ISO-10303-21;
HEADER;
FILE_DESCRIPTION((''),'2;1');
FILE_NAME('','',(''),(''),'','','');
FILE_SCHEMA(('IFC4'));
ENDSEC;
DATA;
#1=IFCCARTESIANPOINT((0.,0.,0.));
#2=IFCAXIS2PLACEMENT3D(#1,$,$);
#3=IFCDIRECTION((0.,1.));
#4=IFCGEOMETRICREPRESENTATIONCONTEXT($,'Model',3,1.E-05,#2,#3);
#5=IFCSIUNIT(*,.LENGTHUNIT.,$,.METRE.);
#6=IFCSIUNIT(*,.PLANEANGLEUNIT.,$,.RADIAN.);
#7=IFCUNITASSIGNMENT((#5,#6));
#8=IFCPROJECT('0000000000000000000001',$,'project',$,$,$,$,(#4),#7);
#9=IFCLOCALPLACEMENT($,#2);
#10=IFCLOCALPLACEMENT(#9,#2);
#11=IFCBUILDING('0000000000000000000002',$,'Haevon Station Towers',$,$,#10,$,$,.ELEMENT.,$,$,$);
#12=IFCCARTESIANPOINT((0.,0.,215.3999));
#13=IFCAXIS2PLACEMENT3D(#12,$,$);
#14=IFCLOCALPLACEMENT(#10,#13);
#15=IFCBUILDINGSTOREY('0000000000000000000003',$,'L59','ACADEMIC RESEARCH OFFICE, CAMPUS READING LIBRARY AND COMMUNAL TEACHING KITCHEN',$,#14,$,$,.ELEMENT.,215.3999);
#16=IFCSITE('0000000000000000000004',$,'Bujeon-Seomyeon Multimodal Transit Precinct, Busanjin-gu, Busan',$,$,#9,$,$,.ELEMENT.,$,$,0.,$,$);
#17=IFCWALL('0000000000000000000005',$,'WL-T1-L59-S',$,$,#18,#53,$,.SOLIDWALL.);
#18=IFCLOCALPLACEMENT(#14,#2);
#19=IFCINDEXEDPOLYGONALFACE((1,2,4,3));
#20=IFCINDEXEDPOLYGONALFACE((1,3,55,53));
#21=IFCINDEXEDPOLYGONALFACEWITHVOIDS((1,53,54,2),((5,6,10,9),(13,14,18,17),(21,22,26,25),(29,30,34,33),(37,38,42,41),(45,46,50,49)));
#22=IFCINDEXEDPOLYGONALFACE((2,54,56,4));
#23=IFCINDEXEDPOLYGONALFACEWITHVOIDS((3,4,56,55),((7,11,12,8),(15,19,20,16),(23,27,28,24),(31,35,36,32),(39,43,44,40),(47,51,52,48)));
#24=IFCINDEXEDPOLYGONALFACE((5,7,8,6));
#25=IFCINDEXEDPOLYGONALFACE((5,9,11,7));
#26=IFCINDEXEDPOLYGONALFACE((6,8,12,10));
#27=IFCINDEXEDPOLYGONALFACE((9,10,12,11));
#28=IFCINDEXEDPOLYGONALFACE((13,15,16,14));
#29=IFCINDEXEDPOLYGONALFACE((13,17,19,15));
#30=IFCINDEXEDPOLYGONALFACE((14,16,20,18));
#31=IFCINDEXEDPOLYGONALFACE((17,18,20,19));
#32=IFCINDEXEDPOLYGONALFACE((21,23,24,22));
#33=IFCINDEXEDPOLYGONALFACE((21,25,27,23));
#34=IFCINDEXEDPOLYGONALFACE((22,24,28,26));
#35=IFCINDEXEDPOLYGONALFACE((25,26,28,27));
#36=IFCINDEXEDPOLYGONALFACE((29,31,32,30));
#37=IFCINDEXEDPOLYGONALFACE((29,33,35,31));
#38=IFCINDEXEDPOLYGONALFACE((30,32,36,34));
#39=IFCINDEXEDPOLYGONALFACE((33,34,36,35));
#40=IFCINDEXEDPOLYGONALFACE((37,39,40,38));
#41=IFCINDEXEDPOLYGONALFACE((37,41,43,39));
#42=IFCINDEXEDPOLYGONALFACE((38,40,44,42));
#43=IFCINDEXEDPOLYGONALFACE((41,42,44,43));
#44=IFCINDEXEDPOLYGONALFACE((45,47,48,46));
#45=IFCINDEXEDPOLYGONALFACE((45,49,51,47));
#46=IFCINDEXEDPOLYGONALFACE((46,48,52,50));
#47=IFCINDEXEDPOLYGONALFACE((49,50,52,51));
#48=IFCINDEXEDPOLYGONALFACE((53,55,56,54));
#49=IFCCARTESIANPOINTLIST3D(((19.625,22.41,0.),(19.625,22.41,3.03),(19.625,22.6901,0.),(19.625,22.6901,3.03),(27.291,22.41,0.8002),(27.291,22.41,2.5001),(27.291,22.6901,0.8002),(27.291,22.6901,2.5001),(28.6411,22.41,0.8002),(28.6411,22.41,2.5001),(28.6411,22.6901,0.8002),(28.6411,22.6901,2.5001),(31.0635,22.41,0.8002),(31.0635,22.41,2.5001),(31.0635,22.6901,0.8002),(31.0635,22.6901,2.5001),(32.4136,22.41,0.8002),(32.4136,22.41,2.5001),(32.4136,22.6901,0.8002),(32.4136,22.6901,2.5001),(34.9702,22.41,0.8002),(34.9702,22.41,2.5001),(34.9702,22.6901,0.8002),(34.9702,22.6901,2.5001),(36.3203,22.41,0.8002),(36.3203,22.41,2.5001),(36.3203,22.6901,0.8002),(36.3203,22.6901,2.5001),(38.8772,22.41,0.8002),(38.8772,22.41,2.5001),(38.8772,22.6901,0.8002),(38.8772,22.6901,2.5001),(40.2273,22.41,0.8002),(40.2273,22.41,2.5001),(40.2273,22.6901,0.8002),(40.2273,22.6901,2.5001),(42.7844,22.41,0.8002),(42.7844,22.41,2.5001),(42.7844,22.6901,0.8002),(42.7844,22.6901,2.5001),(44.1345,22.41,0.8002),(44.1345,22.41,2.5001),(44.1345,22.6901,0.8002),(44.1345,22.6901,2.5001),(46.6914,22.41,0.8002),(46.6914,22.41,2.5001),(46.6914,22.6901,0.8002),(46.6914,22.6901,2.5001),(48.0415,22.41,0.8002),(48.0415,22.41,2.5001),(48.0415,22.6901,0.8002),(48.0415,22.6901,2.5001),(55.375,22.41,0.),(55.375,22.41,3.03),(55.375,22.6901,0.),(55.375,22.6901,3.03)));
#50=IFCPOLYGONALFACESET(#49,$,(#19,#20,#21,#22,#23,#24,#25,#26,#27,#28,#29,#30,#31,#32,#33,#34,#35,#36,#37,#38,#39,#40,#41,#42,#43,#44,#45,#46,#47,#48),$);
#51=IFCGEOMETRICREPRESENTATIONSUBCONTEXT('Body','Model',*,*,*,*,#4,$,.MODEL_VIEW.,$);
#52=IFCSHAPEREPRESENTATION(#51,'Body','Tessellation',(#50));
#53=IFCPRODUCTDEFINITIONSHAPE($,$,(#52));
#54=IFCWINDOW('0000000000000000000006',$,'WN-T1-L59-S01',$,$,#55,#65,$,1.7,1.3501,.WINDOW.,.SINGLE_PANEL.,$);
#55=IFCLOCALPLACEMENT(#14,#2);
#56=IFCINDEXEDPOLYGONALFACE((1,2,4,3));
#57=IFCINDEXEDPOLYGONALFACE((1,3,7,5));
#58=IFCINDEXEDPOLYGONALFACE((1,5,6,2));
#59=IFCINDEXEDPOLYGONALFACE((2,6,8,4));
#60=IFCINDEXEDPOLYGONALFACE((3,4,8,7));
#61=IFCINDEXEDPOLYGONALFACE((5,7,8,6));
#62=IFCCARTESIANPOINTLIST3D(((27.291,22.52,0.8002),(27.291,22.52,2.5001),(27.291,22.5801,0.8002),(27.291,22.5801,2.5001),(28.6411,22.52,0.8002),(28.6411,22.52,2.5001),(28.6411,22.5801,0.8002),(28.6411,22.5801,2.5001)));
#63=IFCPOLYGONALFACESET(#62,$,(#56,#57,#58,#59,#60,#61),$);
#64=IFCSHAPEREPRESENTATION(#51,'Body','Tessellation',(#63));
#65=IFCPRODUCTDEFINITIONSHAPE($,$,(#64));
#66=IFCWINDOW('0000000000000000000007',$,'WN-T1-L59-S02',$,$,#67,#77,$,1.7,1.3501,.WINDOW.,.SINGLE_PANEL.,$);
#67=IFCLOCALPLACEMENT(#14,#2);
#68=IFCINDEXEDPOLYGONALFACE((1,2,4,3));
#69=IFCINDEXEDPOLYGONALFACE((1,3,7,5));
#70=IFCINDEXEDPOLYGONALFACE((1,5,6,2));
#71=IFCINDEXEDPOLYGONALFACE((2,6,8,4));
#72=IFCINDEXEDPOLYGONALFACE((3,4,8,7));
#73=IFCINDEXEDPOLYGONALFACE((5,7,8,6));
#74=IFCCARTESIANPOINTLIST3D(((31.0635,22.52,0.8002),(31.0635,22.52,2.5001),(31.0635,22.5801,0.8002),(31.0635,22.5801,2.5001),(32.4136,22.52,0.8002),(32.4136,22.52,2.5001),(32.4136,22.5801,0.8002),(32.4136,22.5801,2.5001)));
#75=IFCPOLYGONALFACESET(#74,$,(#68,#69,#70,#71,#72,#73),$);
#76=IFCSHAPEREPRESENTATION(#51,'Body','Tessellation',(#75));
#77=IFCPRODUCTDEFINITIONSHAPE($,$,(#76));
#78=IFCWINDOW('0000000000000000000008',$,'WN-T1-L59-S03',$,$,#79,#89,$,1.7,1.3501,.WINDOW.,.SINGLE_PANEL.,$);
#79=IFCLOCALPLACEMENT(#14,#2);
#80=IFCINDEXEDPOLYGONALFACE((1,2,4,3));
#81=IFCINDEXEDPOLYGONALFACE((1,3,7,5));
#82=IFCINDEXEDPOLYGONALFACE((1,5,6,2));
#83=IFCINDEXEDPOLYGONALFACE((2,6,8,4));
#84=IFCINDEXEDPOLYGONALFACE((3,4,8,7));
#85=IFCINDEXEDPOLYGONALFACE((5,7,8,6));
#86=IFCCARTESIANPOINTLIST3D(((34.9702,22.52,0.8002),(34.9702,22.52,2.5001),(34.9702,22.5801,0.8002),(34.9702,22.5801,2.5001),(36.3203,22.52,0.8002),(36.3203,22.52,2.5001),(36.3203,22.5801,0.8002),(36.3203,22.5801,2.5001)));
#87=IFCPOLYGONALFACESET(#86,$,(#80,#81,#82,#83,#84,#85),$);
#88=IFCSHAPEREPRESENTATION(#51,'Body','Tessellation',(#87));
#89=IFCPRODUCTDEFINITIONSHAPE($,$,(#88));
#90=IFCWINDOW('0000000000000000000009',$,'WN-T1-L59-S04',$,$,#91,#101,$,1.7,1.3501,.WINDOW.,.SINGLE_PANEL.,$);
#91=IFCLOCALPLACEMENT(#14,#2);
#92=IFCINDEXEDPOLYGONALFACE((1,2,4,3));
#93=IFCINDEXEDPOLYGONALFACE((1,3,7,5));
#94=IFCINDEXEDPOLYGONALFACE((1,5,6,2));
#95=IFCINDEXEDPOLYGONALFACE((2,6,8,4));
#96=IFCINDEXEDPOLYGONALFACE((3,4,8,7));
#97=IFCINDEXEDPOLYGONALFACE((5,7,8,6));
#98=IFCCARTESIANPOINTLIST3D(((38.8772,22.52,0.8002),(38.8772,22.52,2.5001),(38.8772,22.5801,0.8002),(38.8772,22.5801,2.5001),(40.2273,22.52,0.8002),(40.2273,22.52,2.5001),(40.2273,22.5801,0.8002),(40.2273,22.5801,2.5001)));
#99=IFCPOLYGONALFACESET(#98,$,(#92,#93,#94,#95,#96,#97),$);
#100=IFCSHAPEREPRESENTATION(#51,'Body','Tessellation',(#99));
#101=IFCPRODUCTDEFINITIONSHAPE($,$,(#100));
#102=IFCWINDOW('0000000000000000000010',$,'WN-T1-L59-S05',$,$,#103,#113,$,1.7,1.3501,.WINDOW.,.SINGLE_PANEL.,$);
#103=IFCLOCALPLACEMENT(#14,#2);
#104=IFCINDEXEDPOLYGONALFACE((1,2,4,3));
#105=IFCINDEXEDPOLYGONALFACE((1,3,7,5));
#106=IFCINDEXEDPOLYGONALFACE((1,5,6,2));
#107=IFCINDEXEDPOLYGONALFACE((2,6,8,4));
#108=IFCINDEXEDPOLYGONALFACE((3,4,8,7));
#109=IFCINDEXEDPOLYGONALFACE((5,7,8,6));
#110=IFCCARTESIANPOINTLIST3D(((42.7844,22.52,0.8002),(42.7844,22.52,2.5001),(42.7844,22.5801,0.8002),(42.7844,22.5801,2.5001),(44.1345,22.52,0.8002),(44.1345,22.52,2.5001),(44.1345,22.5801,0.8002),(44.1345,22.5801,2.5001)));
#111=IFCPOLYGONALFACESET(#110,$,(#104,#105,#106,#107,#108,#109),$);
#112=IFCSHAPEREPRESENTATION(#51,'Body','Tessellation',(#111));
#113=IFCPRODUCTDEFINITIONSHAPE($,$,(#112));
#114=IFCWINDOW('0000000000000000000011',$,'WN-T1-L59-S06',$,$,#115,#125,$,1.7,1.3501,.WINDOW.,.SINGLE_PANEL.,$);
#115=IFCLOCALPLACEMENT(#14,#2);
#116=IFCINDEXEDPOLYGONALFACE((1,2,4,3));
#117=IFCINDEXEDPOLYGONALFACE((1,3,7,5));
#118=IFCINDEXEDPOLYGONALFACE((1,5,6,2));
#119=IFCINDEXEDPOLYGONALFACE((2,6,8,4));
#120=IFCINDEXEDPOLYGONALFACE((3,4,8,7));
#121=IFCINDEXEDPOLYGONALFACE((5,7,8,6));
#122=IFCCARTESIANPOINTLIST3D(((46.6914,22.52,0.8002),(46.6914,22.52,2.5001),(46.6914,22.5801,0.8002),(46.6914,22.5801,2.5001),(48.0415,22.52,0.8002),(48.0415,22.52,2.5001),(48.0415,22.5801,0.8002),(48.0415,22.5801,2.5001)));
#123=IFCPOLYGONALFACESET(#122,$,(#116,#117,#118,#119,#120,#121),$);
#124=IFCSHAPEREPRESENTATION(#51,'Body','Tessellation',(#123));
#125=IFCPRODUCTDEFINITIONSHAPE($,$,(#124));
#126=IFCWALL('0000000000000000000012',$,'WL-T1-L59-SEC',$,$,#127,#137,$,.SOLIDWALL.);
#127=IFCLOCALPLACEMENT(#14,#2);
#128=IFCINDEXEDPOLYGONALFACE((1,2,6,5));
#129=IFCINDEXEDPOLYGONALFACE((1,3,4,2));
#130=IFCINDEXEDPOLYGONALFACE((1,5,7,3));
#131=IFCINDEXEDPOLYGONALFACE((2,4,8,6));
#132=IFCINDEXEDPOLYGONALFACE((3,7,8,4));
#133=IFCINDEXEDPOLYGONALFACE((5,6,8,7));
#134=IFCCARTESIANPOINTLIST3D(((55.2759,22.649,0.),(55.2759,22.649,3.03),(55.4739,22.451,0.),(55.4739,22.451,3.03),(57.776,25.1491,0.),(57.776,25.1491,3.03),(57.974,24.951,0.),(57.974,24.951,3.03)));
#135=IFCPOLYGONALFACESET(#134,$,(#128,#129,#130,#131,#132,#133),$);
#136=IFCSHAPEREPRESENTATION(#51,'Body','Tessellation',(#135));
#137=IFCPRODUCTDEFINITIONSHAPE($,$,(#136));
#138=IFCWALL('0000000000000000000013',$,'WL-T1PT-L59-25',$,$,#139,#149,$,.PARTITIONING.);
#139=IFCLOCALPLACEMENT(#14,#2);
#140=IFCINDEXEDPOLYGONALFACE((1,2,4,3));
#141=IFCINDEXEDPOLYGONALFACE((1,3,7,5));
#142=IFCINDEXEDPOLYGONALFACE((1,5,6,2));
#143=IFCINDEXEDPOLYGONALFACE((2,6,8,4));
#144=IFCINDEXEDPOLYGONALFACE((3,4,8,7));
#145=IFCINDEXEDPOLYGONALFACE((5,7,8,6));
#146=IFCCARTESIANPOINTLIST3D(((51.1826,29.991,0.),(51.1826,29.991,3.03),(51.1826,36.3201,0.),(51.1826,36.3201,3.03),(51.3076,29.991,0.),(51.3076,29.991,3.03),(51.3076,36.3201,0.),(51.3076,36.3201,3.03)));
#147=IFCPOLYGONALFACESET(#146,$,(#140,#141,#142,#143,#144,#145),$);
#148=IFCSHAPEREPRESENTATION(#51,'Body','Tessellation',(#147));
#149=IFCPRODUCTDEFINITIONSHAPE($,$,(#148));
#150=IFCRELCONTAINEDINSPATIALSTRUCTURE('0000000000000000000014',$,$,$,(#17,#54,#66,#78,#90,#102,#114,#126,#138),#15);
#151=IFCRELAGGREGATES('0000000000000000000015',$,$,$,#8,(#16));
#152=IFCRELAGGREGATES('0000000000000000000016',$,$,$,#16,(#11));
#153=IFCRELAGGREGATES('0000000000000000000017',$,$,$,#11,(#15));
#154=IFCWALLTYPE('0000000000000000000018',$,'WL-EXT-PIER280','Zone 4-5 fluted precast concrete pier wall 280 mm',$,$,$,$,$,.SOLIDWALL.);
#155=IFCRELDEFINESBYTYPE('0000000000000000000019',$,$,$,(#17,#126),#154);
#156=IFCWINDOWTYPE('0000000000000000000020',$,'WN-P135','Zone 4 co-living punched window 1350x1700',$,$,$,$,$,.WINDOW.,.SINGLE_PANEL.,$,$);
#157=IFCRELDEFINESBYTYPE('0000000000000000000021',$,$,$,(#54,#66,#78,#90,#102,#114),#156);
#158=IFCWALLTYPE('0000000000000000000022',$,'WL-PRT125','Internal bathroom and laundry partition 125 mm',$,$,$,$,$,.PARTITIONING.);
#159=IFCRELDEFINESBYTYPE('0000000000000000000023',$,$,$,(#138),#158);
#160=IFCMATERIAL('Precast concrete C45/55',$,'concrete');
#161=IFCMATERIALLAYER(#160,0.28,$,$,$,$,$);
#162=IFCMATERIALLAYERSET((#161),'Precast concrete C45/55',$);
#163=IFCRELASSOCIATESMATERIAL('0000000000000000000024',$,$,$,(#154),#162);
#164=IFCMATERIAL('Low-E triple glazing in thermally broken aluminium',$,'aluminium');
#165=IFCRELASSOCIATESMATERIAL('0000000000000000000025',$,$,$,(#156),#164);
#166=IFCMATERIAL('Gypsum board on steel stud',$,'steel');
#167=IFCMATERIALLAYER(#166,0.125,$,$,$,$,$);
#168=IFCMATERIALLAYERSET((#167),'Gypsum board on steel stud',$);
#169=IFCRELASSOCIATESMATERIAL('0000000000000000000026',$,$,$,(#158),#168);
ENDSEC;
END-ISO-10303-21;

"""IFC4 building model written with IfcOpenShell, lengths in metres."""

from ifc_helpers import new_model, si_unit, direction, frame, frame_2d, origin, place, context, subcontext, project, spatial, rectangle, extrude, material, layer, layer_set, type_object, element, fill, save


model = new_model("IFC4")

# Units and contexts
model_context = context("Model", 3, precision=1e-05, world=origin(), true_north=direction((0.0, 1.0)))
body_context = subcontext(model_context, "Body", "Model", "MODEL_VIEW")
ifc_project = project(units=[si_unit("LENGTHUNIT", "METRE"), si_unit("PLANEANGLEUNIT", "RADIAN")], contexts=[model_context])

# Site, building, storey
site_placement = place(None, origin())
site = spatial("IfcSite", under=ifc_project, at=site_placement, Name="Bujeon-Seomyeon Multimodal Transit Precinct, Busanjin-gu, Busan", CompositionType="ELEMENT", RefElevation=0.0)
building_placement = place(site_placement, origin())
building = spatial("IfcBuilding", under=site, at=building_placement, Name="Haevon Station Towers", CompositionType="ELEMENT")
storey_placement = place(building_placement, frame((0.0, 0.0, 215.3999)))
storey = spatial("IfcBuildingStorey", under=building, at=storey_placement, Name="L59", Description="ACADEMIC RESEARCH OFFICE, CAMPUS READING LIBRARY AND COMMUNAL TEACHING KITCHEN", CompositionType="ELEMENT", Elevation=215.3999)

# Wall, openings, windows
ifc_material_1 = material(Name="Precast concrete C45/55", Category="concrete")
ifc_layer_1 = layer(ifc_material_1, 0.28)
ifc_layer_set_1 = layer_set([ifc_layer_1], Name="Precast concrete C45/55")
wall_type_1 = type_object("IfcWallType", Name="WL-EXT-PIER280", Description="Zone 4-5 fluted precast concrete pier wall 280 mm", PredefinedType="SOLIDWALL", material=ifc_layer_set_1)
wall_1_placement = place(storey_placement, frame((55.375, 22.55, 0.0), z_axis=(0.0, 0.0, 1.0), x_axis=(-1.0, 0.0, 0.0)))
wall_1 = element("IfcWall", 1, at=wall_1_placement, inside=storey, type_object=wall_type_1, Name="WL-T1-L59-S", PredefinedType="SOLIDWALL", context=body_context, shape_type="SweptSolid", body=[
    extrude(rectangle(XDim=35.75, YDim=0.28, at=frame_2d((17.875, 0.0))), origin(), (0.0, 0.0, 1.0), 3.03),
])
opening_1_placement = place(wall_1_placement, frame((26.7339, 0.0, 0.8)))
opening_1 = element("IfcOpeningElement", 2, at=opening_1_placement, cuts=wall_1, PredefinedType="OPENING", context=body_context, shape_type="SweptSolid", body=[
    extrude(rectangle(XDim=1.3501, YDim=1.7, at=frame_2d((0.675, 0.8501))), frame((0.0, 0.1499, 0.0), z_axis=(0.0, -1.0, 0.0), x_axis=(1.0, 0.0, 0.0)), (0.0, 0.0, 1.0), 0.3),
])
opening_2_placement = place(wall_1_placement, frame((22.9614, 0.0, 0.8)))
opening_2 = element("IfcOpeningElement", 3, at=opening_2_placement, cuts=wall_1, PredefinedType="OPENING", context=body_context, shape_type="SweptSolid", body=[
    extrude(rectangle(XDim=1.3501, YDim=1.7, at=frame_2d((0.675, 0.8501))), frame((0.0, 0.1499, 0.0), z_axis=(0.0, -1.0, 0.0), x_axis=(1.0, 0.0, 0.0)), (0.0, 0.0, 1.0), 0.3),
])
opening_3_placement = place(wall_1_placement, frame((19.0547, 0.0, 0.8)))
opening_3 = element("IfcOpeningElement", 4, at=opening_3_placement, cuts=wall_1, PredefinedType="OPENING", context=body_context, shape_type="SweptSolid", body=[
    extrude(rectangle(XDim=1.3501, YDim=1.7, at=frame_2d((0.675, 0.8501))), frame((0.0, 0.1499, 0.0), z_axis=(0.0, -1.0, 0.0), x_axis=(1.0, 0.0, 0.0)), (0.0, 0.0, 1.0), 0.3),
])
opening_4_placement = place(wall_1_placement, frame((15.1477, 0.0, 0.8)))
opening_4 = element("IfcOpeningElement", 5, at=opening_4_placement, cuts=wall_1, PredefinedType="OPENING", context=body_context, shape_type="SweptSolid", body=[
    extrude(rectangle(XDim=1.3501, YDim=1.7, at=frame_2d((0.675, 0.8501))), frame((0.0, 0.1499, 0.0), z_axis=(0.0, -1.0, 0.0), x_axis=(1.0, 0.0, 0.0)), (0.0, 0.0, 1.0), 0.3),
])
opening_5_placement = place(wall_1_placement, frame((11.2405, 0.0, 0.8)))
opening_5 = element("IfcOpeningElement", 6, at=opening_5_placement, cuts=wall_1, PredefinedType="OPENING", context=body_context, shape_type="SweptSolid", body=[
    extrude(rectangle(XDim=1.3501, YDim=1.7, at=frame_2d((0.675, 0.8501))), frame((0.0, 0.1499, 0.0), z_axis=(0.0, -1.0, 0.0), x_axis=(1.0, 0.0, 0.0)), (0.0, 0.0, 1.0), 0.3),
])
opening_6_placement = place(wall_1_placement, frame((7.3335, 0.0, 0.8)))
opening_6 = element("IfcOpeningElement", 7, at=opening_6_placement, cuts=wall_1, PredefinedType="OPENING", context=body_context, shape_type="SweptSolid", body=[
    extrude(rectangle(XDim=1.3501, YDim=1.7, at=frame_2d((0.675, 0.8501))), frame((0.0, 0.1499, 0.0), z_axis=(0.0, -1.0, 0.0), x_axis=(1.0, 0.0, 0.0)), (0.0, 0.0, 1.0), 0.3),
])
ifc_material_2 = material(Name="Low-E triple glazing in thermally broken aluminium", Category="aluminium")
window_type = type_object("IfcWindowType", Name="WN-P135", Description="Zone 4 co-living punched window 1350x1700", PartitioningType="SINGLE_PANEL", PredefinedType="WINDOW", material=ifc_material_2)
window_1_placement = place(opening_1_placement, origin())
window_1 = element("IfcWindow", 8, at=window_1_placement, inside=storey, type_object=window_type, Name="WN-T1-L59-S01", OverallHeight=1.7, OverallWidth=1.3501, PartitioningType="SINGLE_PANEL", PredefinedType="WINDOW", context=body_context, shape_type="SweptSolid", body=[
    extrude(rectangle(XDim=1.3501, YDim=1.7, at=frame_2d((0.675, 0.8501))), frame((0.0, 0.03, 0.0), z_axis=(0.0, -1.0, 0.0), x_axis=(1.0, 0.0, 0.0)), (0.0, 0.0, 1.0), 0.0601),
])
fill(opening_1, window_1)
window_2_placement = place(opening_2_placement, origin())
window_2 = element("IfcWindow", 9, at=window_2_placement, inside=storey, type_object=window_type, Name="WN-T1-L59-S02", OverallHeight=1.7, OverallWidth=1.3501, PartitioningType="SINGLE_PANEL", PredefinedType="WINDOW", context=body_context, shape_type="SweptSolid", body=[
    extrude(rectangle(XDim=1.3501, YDim=1.7, at=frame_2d((0.675, 0.8501))), frame((0.0, 0.03, 0.0), z_axis=(0.0, -1.0, 0.0), x_axis=(1.0, 0.0, 0.0)), (0.0, 0.0, 1.0), 0.0601),
])
fill(opening_2, window_2)
window_3_placement = place(opening_3_placement, origin())
window_3 = element("IfcWindow", 10, at=window_3_placement, inside=storey, type_object=window_type, Name="WN-T1-L59-S03", OverallHeight=1.7, OverallWidth=1.3501, PartitioningType="SINGLE_PANEL", PredefinedType="WINDOW", context=body_context, shape_type="SweptSolid", body=[
    extrude(rectangle(XDim=1.3501, YDim=1.7, at=frame_2d((0.675, 0.8501))), frame((0.0, 0.03, 0.0), z_axis=(0.0, -1.0, 0.0), x_axis=(1.0, 0.0, 0.0)), (0.0, 0.0, 1.0), 0.0601),
])
fill(opening_3, window_3)
window_4_placement = place(opening_4_placement, origin())
window_4 = element("IfcWindow", 11, at=window_4_placement, inside=storey, type_object=window_type, Name="WN-T1-L59-S04", OverallHeight=1.7, OverallWidth=1.3501, PartitioningType="SINGLE_PANEL", PredefinedType="WINDOW", context=body_context, shape_type="SweptSolid", body=[
    extrude(rectangle(XDim=1.3501, YDim=1.7, at=frame_2d((0.675, 0.8501))), frame((0.0, 0.03, 0.0), z_axis=(0.0, -1.0, 0.0), x_axis=(1.0, 0.0, 0.0)), (0.0, 0.0, 1.0), 0.0601),
])
fill(opening_4, window_4)
window_5_placement = place(opening_5_placement, origin())
window_5 = element("IfcWindow", 12, at=window_5_placement, inside=storey, type_object=window_type, Name="WN-T1-L59-S05", OverallHeight=1.7, OverallWidth=1.3501, PartitioningType="SINGLE_PANEL", PredefinedType="WINDOW", context=body_context, shape_type="SweptSolid", body=[
    extrude(rectangle(XDim=1.3501, YDim=1.7, at=frame_2d((0.675, 0.8501))), frame((0.0, 0.03, 0.0), z_axis=(0.0, -1.0, 0.0), x_axis=(1.0, 0.0, 0.0)), (0.0, 0.0, 1.0), 0.0601),
])
fill(opening_5, window_5)
window_6_placement = place(opening_6_placement, origin())
window_6 = element("IfcWindow", 13, at=window_6_placement, inside=storey, type_object=window_type, Name="WN-T1-L59-S06", OverallHeight=1.7, OverallWidth=1.3501, PartitioningType="SINGLE_PANEL", PredefinedType="WINDOW", context=body_context, shape_type="SweptSolid", body=[
    extrude(rectangle(XDim=1.3501, YDim=1.7, at=frame_2d((0.675, 0.8501))), frame((0.0, 0.03, 0.0), z_axis=(0.0, -1.0, 0.0), x_axis=(1.0, 0.0, 0.0)), (0.0, 0.0, 1.0), 0.0601),
])
fill(opening_6, window_6)

# Walls
wall_2_placement = place(storey_placement, frame((57.875, 25.05, 0.0), z_axis=(0.0, 0.0, 1.0), x_axis=(-0.707107, -0.707107, 0.0)))
element("IfcWall", 14, at=wall_2_placement, inside=storey, type_object=wall_type_1, Name="WL-T1-L59-SEC", PredefinedType="SOLIDWALL", context=body_context, shape_type="SweptSolid", body=[
    extrude(rectangle(XDim=3.5356, YDim=0.28, at=frame_2d((1.7678, 0.0))), origin(), (0.0, 0.0, 1.0), 3.03),
])
ifc_material_3 = material(Name="Gypsum board on steel stud", Category="steel")
ifc_layer_2 = layer(ifc_material_3, 0.125)
ifc_layer_set_2 = layer_set([ifc_layer_2], Name="Gypsum board on steel stud")
wall_type_2 = type_object("IfcWallType", Name="WL-PRT125", Description="Internal bathroom and laundry partition 125 mm", PredefinedType="PARTITIONING", material=ifc_layer_set_2)
wall_3_placement = place(storey_placement, frame((51.2451, 29.991, 0.0), z_axis=(0.0, 0.0, 1.0), x_axis=(0.0, 1.0, 0.0)))
element("IfcWall", 15, at=wall_3_placement, inside=storey, type_object=wall_type_2, Name="WL-T1PT-L59-25", PredefinedType="PARTITIONING", context=body_context, shape_type="SweptSolid", body=[
    extrude(rectangle(XDim=6.3291, YDim=0.125, at=frame_2d((3.1646, 0.0))), origin(), (0.0, 0.0, 1.0), 3.03),
])

save(model, "model.ifc")
